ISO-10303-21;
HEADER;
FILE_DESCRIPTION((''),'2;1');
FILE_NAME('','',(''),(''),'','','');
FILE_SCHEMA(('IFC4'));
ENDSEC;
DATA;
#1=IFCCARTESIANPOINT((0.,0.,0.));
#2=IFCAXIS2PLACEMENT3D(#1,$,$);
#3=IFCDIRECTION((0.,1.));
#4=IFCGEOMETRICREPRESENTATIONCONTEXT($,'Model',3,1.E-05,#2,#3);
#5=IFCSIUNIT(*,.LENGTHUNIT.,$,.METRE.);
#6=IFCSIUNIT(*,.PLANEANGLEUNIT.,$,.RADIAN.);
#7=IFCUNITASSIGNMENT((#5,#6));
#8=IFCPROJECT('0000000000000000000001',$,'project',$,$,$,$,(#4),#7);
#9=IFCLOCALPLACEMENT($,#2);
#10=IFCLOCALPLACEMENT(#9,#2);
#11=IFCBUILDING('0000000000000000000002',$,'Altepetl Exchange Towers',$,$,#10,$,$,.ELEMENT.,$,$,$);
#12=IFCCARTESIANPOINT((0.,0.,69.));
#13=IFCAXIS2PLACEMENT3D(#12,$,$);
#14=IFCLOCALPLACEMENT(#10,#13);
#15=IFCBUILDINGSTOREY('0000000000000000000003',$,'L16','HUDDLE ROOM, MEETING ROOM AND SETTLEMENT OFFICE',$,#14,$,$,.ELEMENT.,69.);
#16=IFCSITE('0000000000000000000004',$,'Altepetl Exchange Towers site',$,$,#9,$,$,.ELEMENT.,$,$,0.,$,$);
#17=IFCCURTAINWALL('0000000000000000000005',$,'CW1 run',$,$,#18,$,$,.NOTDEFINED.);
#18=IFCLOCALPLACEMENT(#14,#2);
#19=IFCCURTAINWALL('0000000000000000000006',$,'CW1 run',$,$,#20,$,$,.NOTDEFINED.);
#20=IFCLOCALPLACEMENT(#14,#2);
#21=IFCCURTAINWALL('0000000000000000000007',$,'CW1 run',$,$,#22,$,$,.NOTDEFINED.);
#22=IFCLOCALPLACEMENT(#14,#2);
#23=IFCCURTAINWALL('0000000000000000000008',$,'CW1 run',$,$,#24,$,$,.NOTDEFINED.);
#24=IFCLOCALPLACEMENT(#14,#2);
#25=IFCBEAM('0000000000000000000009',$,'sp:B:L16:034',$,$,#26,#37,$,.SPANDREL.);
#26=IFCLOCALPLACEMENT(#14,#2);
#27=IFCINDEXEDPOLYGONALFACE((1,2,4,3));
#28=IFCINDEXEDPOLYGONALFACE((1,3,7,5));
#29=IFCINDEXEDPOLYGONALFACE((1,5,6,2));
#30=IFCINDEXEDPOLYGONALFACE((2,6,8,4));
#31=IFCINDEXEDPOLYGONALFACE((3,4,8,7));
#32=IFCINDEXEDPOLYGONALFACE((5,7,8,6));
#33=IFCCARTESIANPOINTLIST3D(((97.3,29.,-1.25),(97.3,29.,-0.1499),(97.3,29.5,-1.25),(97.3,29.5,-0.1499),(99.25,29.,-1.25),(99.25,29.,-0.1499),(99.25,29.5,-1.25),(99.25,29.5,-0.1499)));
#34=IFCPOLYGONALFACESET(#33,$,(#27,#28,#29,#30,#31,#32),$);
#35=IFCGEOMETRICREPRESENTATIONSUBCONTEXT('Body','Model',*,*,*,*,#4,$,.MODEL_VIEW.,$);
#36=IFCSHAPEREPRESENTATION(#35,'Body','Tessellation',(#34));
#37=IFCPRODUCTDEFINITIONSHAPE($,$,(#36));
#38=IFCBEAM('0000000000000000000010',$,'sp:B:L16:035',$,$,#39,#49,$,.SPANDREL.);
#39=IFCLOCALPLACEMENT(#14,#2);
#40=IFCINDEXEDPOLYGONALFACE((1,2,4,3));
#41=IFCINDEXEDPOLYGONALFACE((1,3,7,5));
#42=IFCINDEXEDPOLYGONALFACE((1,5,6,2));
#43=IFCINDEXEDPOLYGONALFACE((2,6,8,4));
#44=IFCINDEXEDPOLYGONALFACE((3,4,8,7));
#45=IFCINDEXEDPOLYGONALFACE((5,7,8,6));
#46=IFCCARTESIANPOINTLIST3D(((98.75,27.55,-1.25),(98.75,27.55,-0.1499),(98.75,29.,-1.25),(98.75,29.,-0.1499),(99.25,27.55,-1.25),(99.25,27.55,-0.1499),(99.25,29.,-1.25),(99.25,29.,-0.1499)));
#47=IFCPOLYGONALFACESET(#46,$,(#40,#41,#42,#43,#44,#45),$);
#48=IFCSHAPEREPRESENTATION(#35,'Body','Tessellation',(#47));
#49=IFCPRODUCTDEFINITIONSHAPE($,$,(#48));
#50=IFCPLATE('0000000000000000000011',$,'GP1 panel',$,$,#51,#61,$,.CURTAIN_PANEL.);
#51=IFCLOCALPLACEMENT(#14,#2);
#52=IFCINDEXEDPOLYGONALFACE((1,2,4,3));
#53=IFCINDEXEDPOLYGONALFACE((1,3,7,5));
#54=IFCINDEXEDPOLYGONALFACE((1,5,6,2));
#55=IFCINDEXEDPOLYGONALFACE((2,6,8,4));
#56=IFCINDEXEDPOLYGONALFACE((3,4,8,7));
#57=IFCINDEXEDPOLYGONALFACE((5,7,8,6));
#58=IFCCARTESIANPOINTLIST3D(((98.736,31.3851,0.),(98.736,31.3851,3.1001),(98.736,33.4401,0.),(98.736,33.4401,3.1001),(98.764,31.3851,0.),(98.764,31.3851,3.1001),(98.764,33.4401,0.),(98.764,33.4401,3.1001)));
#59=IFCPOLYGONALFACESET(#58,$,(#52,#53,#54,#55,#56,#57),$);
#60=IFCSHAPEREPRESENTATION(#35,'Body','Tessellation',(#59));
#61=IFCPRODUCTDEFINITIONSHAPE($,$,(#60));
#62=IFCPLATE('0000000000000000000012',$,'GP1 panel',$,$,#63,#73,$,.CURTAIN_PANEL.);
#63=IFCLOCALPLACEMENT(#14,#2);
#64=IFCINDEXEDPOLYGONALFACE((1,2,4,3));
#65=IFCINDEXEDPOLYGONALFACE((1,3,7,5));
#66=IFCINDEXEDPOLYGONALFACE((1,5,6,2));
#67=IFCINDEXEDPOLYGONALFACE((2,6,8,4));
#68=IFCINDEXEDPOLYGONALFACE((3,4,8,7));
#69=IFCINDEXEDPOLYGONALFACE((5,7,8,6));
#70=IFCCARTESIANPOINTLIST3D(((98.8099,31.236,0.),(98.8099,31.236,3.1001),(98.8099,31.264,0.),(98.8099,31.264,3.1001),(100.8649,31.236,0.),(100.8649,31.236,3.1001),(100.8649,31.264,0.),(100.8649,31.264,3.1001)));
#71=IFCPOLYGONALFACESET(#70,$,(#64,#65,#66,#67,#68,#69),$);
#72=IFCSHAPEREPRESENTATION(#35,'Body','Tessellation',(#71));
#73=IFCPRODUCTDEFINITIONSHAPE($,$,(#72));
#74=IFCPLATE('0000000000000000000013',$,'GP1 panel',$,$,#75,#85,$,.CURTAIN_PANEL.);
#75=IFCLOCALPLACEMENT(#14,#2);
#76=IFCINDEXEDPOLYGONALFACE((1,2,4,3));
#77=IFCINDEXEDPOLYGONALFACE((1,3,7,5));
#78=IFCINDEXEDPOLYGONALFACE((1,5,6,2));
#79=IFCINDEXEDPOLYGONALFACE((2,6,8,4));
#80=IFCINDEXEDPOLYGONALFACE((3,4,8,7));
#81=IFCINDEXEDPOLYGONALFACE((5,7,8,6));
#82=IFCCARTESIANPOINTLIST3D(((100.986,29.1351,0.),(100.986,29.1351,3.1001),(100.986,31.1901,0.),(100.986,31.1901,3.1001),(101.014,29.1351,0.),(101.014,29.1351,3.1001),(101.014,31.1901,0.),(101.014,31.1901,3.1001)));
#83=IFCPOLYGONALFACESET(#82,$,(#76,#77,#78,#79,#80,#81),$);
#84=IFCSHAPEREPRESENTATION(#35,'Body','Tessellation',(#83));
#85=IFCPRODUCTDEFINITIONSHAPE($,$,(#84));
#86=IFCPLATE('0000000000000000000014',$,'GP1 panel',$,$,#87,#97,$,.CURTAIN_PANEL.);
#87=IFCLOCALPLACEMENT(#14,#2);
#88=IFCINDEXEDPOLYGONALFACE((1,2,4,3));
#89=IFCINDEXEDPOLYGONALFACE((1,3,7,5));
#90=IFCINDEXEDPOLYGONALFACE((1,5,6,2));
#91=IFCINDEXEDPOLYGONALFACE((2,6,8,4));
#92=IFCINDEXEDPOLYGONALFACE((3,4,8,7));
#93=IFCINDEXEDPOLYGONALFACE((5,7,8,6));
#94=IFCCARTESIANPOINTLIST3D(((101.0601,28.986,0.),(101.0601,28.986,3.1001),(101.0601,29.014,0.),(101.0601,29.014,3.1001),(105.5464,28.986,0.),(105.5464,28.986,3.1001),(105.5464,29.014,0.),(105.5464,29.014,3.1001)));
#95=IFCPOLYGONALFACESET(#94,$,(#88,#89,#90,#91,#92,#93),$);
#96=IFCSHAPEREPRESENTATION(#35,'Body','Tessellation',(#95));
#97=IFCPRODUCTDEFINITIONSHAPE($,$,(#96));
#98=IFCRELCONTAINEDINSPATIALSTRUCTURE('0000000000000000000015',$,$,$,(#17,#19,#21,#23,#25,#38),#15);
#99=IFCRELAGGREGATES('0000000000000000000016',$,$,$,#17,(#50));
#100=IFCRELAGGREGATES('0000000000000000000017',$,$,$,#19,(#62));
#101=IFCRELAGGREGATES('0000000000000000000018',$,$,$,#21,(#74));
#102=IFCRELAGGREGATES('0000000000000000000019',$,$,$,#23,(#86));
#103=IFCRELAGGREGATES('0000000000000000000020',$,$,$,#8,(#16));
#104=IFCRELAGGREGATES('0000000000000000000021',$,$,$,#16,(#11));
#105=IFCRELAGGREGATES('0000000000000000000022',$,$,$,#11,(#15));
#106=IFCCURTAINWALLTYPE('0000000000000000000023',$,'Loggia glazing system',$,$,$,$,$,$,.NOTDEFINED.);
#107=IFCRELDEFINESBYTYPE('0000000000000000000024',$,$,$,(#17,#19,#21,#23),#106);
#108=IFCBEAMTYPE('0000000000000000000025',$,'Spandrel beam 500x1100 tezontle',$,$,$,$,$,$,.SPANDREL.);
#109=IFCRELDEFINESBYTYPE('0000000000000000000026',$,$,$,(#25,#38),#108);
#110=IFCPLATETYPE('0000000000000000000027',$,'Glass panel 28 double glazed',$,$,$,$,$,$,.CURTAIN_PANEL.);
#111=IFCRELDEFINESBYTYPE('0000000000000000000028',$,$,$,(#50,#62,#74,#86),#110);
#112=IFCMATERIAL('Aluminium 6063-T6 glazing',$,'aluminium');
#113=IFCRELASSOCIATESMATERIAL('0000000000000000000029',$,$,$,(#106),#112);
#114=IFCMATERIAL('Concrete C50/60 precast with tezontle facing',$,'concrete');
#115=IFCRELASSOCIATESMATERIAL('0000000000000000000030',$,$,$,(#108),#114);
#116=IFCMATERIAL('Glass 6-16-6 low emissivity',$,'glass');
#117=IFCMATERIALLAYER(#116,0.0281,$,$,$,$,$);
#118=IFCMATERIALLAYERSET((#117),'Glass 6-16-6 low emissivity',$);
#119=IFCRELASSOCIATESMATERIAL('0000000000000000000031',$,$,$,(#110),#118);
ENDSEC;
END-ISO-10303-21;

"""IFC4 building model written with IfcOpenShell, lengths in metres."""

from ifc_helpers import new_model, si_unit, direction, frame, origin, origin_2d, place, context, subcontext, project, spatial, rectangle, extrude, material, layer, layer_set, material_profile, profile_set, type_object, element, aggregate, save


model = new_model("IFC4")

# Units and contexts
model_context = context("Model", 3, precision=1e-05, world=origin(), true_north=direction((0.0, 1.0)))
body_context = subcontext(model_context, "Body", "Model", "MODEL_VIEW")
ifc_project = project(units=[si_unit("LENGTHUNIT", "METRE"), si_unit("PLANEANGLEUNIT", "RADIAN")], contexts=[model_context])

# Site, building, storey
site_placement = place(None, origin())
site = spatial("IfcSite", under=ifc_project, at=site_placement, Name="Altepetl Exchange Towers site", CompositionType="ELEMENT", RefElevation=0.0)
building_placement = place(site_placement, origin())
building = spatial("IfcBuilding", under=site, at=building_placement, Name="Altepetl Exchange Towers", CompositionType="ELEMENT")
storey_placement = place(building_placement, frame((0.0, 0.0, 69.0)))
storey = spatial("IfcBuildingStorey", under=building, at=storey_placement, Name="L16", Description="HUDDLE ROOM, MEETING ROOM AND SETTLEMENT OFFICE", CompositionType="ELEMENT", Elevation=69.0)

# Curtain wall
ifc_material_1 = material(Name="Aluminium 6063-T6 glazing", Category="aluminium")
curtain_wall_type = type_object("IfcCurtainWallType", Name="Loggia glazing system", PredefinedType="NOTDEFINED", material=ifc_material_1)
curtain_wall_1_placement = place(storey_placement, origin())
curtain_wall_1 = element("IfcCurtainWall", 1, at=curtain_wall_1_placement, inside=storey, type_object=curtain_wall_type, Name="CW1 run", PredefinedType="NOTDEFINED")

# Curtain walls
curtain_wall_2_placement = place(storey_placement, origin())
curtain_wall_2 = element("IfcCurtainWall", 2, at=curtain_wall_2_placement, inside=storey, type_object=curtain_wall_type, Name="CW1 run", PredefinedType="NOTDEFINED")
curtain_wall_3_placement = place(storey_placement, origin())
curtain_wall_3 = element("IfcCurtainWall", 3, at=curtain_wall_3_placement, inside=storey, type_object=curtain_wall_type, Name="CW1 run", PredefinedType="NOTDEFINED")

# Curtain wall
curtain_wall_4_placement = place(storey_placement, origin())
curtain_wall_4 = element("IfcCurtainWall", 4, at=curtain_wall_4_placement, inside=storey, type_object=curtain_wall_type, Name="CW1 run", PredefinedType="NOTDEFINED")

# Beams
ifc_material_2 = material(Name="Concrete C50/60 precast with tezontle facing", Category="concrete")
ifc_material_profile_1 = material_profile(ifc_material_2, rectangle(XDim=0.5, YDim=1.1001, at=origin_2d()), Name="500 x 1100")
ifc_profile_set_1 = profile_set([ifc_material_profile_1], Name="Concrete C50/60 precast with tezontle facing")
beam_type_1 = type_object("IfcBeamType", Name="Spandrel beam 500x1100 tezontle", PredefinedType="SPANDREL", material=ifc_profile_set_1)
beam_1_placement = place(storey_placement, frame((97.3, 29.25, -0.7), z_axis=(1.0, 0.0, 0.0), x_axis=(0.0, 1.0, 0.0)))
element("IfcBeam", 5, at=beam_1_placement, inside=storey, type_object=beam_type_1, Name="sp:B:L16:034", PredefinedType="SPANDREL", context=body_context, shape_type="SweptSolid", body=[
    extrude(rectangle(XDim=0.5, YDim=1.1001, at=origin_2d()), origin(), (0.0, 0.0, 1.0), 1.95),
])
beam_2_placement = place(storey_placement, frame((99.0, 29.0, -0.7), z_axis=(0.0, -1.0, 0.0), x_axis=(1.0, 0.0, 0.0)))
element("IfcBeam", 6, at=beam_2_placement, inside=storey, type_object=beam_type_1, Name="sp:B:L16:035", PredefinedType="SPANDREL", context=body_context, shape_type="SweptSolid", body=[
    extrude(rectangle(XDim=0.5, YDim=1.1001, at=origin_2d()), origin(), (0.0, 0.0, 1.0), 1.45),
])

# Plates
ifc_material_3 = material(Name="Glass 6-16-6 low emissivity", Category="glass")
ifc_layer = layer(ifc_material_3, 0.0281)
ifc_layer_set = layer_set([ifc_layer], Name="Glass 6-16-6 low emissivity")
plate_type = type_object("IfcPlateType", Name="Glass panel 28 double glazed", PredefinedType="CURTAIN_PANEL", material=ifc_layer_set)
plate_1_placement = place(storey_placement, frame((98.75, 32.4126, 0.0), z_axis=(0.0, 0.0, 1.0), x_axis=(0.0, -1.0, 0.0)))
plate_1 = element("IfcPlate", 7, at=plate_1_placement, type_object=plate_type, Name="GP1 panel", PredefinedType="CURTAIN_PANEL", context=body_context, shape_type="SweptSolid", body=[
    extrude(rectangle(XDim=2.0549, YDim=0.0281, at=origin_2d()), origin(), (0.0, 0.0, 1.0), 3.1001),
])
aggregate(curtain_wall_1, [plate_1])
plate_2_placement = place(storey_placement, frame((99.8374, 31.25, 0.0)))
plate_2 = element("IfcPlate", 8, at=plate_2_placement, type_object=plate_type, Name="GP1 panel", PredefinedType="CURTAIN_PANEL", context=body_context, shape_type="SweptSolid", body=[
    extrude(rectangle(XDim=2.0549, YDim=0.0281, at=origin_2d()), origin(), (0.0, 0.0, 1.0), 3.1001),
])
aggregate(curtain_wall_2, [plate_2])
plate_3_placement = place(storey_placement, frame((101.0, 30.1626, 0.0), z_axis=(0.0, 0.0, 1.0), x_axis=(0.0, -1.0, 0.0)))
plate_3 = element("IfcPlate", 9, at=plate_3_placement, type_object=plate_type, Name="GP1 panel", PredefinedType="CURTAIN_PANEL", context=body_context, shape_type="SweptSolid", body=[
    extrude(rectangle(XDim=2.0549, YDim=0.0281, at=origin_2d()), origin(), (0.0, 0.0, 1.0), 3.1001),
])
aggregate(curtain_wall_3, [plate_3])
plate_4_placement = place(storey_placement, frame((103.3032, 29.0, 0.0)))
plate_4 = element("IfcPlate", 10, at=plate_4_placement, type_object=plate_type, Name="GP1 panel", PredefinedType="CURTAIN_PANEL", context=body_context, shape_type="SweptSolid", body=[
    extrude(rectangle(XDim=4.4863, YDim=0.0281, at=origin_2d()), origin(), (0.0, 0.0, 1.0), 3.1001),
])
aggregate(curtain_wall_4, [plate_4])

save(model, "model.ifc")
